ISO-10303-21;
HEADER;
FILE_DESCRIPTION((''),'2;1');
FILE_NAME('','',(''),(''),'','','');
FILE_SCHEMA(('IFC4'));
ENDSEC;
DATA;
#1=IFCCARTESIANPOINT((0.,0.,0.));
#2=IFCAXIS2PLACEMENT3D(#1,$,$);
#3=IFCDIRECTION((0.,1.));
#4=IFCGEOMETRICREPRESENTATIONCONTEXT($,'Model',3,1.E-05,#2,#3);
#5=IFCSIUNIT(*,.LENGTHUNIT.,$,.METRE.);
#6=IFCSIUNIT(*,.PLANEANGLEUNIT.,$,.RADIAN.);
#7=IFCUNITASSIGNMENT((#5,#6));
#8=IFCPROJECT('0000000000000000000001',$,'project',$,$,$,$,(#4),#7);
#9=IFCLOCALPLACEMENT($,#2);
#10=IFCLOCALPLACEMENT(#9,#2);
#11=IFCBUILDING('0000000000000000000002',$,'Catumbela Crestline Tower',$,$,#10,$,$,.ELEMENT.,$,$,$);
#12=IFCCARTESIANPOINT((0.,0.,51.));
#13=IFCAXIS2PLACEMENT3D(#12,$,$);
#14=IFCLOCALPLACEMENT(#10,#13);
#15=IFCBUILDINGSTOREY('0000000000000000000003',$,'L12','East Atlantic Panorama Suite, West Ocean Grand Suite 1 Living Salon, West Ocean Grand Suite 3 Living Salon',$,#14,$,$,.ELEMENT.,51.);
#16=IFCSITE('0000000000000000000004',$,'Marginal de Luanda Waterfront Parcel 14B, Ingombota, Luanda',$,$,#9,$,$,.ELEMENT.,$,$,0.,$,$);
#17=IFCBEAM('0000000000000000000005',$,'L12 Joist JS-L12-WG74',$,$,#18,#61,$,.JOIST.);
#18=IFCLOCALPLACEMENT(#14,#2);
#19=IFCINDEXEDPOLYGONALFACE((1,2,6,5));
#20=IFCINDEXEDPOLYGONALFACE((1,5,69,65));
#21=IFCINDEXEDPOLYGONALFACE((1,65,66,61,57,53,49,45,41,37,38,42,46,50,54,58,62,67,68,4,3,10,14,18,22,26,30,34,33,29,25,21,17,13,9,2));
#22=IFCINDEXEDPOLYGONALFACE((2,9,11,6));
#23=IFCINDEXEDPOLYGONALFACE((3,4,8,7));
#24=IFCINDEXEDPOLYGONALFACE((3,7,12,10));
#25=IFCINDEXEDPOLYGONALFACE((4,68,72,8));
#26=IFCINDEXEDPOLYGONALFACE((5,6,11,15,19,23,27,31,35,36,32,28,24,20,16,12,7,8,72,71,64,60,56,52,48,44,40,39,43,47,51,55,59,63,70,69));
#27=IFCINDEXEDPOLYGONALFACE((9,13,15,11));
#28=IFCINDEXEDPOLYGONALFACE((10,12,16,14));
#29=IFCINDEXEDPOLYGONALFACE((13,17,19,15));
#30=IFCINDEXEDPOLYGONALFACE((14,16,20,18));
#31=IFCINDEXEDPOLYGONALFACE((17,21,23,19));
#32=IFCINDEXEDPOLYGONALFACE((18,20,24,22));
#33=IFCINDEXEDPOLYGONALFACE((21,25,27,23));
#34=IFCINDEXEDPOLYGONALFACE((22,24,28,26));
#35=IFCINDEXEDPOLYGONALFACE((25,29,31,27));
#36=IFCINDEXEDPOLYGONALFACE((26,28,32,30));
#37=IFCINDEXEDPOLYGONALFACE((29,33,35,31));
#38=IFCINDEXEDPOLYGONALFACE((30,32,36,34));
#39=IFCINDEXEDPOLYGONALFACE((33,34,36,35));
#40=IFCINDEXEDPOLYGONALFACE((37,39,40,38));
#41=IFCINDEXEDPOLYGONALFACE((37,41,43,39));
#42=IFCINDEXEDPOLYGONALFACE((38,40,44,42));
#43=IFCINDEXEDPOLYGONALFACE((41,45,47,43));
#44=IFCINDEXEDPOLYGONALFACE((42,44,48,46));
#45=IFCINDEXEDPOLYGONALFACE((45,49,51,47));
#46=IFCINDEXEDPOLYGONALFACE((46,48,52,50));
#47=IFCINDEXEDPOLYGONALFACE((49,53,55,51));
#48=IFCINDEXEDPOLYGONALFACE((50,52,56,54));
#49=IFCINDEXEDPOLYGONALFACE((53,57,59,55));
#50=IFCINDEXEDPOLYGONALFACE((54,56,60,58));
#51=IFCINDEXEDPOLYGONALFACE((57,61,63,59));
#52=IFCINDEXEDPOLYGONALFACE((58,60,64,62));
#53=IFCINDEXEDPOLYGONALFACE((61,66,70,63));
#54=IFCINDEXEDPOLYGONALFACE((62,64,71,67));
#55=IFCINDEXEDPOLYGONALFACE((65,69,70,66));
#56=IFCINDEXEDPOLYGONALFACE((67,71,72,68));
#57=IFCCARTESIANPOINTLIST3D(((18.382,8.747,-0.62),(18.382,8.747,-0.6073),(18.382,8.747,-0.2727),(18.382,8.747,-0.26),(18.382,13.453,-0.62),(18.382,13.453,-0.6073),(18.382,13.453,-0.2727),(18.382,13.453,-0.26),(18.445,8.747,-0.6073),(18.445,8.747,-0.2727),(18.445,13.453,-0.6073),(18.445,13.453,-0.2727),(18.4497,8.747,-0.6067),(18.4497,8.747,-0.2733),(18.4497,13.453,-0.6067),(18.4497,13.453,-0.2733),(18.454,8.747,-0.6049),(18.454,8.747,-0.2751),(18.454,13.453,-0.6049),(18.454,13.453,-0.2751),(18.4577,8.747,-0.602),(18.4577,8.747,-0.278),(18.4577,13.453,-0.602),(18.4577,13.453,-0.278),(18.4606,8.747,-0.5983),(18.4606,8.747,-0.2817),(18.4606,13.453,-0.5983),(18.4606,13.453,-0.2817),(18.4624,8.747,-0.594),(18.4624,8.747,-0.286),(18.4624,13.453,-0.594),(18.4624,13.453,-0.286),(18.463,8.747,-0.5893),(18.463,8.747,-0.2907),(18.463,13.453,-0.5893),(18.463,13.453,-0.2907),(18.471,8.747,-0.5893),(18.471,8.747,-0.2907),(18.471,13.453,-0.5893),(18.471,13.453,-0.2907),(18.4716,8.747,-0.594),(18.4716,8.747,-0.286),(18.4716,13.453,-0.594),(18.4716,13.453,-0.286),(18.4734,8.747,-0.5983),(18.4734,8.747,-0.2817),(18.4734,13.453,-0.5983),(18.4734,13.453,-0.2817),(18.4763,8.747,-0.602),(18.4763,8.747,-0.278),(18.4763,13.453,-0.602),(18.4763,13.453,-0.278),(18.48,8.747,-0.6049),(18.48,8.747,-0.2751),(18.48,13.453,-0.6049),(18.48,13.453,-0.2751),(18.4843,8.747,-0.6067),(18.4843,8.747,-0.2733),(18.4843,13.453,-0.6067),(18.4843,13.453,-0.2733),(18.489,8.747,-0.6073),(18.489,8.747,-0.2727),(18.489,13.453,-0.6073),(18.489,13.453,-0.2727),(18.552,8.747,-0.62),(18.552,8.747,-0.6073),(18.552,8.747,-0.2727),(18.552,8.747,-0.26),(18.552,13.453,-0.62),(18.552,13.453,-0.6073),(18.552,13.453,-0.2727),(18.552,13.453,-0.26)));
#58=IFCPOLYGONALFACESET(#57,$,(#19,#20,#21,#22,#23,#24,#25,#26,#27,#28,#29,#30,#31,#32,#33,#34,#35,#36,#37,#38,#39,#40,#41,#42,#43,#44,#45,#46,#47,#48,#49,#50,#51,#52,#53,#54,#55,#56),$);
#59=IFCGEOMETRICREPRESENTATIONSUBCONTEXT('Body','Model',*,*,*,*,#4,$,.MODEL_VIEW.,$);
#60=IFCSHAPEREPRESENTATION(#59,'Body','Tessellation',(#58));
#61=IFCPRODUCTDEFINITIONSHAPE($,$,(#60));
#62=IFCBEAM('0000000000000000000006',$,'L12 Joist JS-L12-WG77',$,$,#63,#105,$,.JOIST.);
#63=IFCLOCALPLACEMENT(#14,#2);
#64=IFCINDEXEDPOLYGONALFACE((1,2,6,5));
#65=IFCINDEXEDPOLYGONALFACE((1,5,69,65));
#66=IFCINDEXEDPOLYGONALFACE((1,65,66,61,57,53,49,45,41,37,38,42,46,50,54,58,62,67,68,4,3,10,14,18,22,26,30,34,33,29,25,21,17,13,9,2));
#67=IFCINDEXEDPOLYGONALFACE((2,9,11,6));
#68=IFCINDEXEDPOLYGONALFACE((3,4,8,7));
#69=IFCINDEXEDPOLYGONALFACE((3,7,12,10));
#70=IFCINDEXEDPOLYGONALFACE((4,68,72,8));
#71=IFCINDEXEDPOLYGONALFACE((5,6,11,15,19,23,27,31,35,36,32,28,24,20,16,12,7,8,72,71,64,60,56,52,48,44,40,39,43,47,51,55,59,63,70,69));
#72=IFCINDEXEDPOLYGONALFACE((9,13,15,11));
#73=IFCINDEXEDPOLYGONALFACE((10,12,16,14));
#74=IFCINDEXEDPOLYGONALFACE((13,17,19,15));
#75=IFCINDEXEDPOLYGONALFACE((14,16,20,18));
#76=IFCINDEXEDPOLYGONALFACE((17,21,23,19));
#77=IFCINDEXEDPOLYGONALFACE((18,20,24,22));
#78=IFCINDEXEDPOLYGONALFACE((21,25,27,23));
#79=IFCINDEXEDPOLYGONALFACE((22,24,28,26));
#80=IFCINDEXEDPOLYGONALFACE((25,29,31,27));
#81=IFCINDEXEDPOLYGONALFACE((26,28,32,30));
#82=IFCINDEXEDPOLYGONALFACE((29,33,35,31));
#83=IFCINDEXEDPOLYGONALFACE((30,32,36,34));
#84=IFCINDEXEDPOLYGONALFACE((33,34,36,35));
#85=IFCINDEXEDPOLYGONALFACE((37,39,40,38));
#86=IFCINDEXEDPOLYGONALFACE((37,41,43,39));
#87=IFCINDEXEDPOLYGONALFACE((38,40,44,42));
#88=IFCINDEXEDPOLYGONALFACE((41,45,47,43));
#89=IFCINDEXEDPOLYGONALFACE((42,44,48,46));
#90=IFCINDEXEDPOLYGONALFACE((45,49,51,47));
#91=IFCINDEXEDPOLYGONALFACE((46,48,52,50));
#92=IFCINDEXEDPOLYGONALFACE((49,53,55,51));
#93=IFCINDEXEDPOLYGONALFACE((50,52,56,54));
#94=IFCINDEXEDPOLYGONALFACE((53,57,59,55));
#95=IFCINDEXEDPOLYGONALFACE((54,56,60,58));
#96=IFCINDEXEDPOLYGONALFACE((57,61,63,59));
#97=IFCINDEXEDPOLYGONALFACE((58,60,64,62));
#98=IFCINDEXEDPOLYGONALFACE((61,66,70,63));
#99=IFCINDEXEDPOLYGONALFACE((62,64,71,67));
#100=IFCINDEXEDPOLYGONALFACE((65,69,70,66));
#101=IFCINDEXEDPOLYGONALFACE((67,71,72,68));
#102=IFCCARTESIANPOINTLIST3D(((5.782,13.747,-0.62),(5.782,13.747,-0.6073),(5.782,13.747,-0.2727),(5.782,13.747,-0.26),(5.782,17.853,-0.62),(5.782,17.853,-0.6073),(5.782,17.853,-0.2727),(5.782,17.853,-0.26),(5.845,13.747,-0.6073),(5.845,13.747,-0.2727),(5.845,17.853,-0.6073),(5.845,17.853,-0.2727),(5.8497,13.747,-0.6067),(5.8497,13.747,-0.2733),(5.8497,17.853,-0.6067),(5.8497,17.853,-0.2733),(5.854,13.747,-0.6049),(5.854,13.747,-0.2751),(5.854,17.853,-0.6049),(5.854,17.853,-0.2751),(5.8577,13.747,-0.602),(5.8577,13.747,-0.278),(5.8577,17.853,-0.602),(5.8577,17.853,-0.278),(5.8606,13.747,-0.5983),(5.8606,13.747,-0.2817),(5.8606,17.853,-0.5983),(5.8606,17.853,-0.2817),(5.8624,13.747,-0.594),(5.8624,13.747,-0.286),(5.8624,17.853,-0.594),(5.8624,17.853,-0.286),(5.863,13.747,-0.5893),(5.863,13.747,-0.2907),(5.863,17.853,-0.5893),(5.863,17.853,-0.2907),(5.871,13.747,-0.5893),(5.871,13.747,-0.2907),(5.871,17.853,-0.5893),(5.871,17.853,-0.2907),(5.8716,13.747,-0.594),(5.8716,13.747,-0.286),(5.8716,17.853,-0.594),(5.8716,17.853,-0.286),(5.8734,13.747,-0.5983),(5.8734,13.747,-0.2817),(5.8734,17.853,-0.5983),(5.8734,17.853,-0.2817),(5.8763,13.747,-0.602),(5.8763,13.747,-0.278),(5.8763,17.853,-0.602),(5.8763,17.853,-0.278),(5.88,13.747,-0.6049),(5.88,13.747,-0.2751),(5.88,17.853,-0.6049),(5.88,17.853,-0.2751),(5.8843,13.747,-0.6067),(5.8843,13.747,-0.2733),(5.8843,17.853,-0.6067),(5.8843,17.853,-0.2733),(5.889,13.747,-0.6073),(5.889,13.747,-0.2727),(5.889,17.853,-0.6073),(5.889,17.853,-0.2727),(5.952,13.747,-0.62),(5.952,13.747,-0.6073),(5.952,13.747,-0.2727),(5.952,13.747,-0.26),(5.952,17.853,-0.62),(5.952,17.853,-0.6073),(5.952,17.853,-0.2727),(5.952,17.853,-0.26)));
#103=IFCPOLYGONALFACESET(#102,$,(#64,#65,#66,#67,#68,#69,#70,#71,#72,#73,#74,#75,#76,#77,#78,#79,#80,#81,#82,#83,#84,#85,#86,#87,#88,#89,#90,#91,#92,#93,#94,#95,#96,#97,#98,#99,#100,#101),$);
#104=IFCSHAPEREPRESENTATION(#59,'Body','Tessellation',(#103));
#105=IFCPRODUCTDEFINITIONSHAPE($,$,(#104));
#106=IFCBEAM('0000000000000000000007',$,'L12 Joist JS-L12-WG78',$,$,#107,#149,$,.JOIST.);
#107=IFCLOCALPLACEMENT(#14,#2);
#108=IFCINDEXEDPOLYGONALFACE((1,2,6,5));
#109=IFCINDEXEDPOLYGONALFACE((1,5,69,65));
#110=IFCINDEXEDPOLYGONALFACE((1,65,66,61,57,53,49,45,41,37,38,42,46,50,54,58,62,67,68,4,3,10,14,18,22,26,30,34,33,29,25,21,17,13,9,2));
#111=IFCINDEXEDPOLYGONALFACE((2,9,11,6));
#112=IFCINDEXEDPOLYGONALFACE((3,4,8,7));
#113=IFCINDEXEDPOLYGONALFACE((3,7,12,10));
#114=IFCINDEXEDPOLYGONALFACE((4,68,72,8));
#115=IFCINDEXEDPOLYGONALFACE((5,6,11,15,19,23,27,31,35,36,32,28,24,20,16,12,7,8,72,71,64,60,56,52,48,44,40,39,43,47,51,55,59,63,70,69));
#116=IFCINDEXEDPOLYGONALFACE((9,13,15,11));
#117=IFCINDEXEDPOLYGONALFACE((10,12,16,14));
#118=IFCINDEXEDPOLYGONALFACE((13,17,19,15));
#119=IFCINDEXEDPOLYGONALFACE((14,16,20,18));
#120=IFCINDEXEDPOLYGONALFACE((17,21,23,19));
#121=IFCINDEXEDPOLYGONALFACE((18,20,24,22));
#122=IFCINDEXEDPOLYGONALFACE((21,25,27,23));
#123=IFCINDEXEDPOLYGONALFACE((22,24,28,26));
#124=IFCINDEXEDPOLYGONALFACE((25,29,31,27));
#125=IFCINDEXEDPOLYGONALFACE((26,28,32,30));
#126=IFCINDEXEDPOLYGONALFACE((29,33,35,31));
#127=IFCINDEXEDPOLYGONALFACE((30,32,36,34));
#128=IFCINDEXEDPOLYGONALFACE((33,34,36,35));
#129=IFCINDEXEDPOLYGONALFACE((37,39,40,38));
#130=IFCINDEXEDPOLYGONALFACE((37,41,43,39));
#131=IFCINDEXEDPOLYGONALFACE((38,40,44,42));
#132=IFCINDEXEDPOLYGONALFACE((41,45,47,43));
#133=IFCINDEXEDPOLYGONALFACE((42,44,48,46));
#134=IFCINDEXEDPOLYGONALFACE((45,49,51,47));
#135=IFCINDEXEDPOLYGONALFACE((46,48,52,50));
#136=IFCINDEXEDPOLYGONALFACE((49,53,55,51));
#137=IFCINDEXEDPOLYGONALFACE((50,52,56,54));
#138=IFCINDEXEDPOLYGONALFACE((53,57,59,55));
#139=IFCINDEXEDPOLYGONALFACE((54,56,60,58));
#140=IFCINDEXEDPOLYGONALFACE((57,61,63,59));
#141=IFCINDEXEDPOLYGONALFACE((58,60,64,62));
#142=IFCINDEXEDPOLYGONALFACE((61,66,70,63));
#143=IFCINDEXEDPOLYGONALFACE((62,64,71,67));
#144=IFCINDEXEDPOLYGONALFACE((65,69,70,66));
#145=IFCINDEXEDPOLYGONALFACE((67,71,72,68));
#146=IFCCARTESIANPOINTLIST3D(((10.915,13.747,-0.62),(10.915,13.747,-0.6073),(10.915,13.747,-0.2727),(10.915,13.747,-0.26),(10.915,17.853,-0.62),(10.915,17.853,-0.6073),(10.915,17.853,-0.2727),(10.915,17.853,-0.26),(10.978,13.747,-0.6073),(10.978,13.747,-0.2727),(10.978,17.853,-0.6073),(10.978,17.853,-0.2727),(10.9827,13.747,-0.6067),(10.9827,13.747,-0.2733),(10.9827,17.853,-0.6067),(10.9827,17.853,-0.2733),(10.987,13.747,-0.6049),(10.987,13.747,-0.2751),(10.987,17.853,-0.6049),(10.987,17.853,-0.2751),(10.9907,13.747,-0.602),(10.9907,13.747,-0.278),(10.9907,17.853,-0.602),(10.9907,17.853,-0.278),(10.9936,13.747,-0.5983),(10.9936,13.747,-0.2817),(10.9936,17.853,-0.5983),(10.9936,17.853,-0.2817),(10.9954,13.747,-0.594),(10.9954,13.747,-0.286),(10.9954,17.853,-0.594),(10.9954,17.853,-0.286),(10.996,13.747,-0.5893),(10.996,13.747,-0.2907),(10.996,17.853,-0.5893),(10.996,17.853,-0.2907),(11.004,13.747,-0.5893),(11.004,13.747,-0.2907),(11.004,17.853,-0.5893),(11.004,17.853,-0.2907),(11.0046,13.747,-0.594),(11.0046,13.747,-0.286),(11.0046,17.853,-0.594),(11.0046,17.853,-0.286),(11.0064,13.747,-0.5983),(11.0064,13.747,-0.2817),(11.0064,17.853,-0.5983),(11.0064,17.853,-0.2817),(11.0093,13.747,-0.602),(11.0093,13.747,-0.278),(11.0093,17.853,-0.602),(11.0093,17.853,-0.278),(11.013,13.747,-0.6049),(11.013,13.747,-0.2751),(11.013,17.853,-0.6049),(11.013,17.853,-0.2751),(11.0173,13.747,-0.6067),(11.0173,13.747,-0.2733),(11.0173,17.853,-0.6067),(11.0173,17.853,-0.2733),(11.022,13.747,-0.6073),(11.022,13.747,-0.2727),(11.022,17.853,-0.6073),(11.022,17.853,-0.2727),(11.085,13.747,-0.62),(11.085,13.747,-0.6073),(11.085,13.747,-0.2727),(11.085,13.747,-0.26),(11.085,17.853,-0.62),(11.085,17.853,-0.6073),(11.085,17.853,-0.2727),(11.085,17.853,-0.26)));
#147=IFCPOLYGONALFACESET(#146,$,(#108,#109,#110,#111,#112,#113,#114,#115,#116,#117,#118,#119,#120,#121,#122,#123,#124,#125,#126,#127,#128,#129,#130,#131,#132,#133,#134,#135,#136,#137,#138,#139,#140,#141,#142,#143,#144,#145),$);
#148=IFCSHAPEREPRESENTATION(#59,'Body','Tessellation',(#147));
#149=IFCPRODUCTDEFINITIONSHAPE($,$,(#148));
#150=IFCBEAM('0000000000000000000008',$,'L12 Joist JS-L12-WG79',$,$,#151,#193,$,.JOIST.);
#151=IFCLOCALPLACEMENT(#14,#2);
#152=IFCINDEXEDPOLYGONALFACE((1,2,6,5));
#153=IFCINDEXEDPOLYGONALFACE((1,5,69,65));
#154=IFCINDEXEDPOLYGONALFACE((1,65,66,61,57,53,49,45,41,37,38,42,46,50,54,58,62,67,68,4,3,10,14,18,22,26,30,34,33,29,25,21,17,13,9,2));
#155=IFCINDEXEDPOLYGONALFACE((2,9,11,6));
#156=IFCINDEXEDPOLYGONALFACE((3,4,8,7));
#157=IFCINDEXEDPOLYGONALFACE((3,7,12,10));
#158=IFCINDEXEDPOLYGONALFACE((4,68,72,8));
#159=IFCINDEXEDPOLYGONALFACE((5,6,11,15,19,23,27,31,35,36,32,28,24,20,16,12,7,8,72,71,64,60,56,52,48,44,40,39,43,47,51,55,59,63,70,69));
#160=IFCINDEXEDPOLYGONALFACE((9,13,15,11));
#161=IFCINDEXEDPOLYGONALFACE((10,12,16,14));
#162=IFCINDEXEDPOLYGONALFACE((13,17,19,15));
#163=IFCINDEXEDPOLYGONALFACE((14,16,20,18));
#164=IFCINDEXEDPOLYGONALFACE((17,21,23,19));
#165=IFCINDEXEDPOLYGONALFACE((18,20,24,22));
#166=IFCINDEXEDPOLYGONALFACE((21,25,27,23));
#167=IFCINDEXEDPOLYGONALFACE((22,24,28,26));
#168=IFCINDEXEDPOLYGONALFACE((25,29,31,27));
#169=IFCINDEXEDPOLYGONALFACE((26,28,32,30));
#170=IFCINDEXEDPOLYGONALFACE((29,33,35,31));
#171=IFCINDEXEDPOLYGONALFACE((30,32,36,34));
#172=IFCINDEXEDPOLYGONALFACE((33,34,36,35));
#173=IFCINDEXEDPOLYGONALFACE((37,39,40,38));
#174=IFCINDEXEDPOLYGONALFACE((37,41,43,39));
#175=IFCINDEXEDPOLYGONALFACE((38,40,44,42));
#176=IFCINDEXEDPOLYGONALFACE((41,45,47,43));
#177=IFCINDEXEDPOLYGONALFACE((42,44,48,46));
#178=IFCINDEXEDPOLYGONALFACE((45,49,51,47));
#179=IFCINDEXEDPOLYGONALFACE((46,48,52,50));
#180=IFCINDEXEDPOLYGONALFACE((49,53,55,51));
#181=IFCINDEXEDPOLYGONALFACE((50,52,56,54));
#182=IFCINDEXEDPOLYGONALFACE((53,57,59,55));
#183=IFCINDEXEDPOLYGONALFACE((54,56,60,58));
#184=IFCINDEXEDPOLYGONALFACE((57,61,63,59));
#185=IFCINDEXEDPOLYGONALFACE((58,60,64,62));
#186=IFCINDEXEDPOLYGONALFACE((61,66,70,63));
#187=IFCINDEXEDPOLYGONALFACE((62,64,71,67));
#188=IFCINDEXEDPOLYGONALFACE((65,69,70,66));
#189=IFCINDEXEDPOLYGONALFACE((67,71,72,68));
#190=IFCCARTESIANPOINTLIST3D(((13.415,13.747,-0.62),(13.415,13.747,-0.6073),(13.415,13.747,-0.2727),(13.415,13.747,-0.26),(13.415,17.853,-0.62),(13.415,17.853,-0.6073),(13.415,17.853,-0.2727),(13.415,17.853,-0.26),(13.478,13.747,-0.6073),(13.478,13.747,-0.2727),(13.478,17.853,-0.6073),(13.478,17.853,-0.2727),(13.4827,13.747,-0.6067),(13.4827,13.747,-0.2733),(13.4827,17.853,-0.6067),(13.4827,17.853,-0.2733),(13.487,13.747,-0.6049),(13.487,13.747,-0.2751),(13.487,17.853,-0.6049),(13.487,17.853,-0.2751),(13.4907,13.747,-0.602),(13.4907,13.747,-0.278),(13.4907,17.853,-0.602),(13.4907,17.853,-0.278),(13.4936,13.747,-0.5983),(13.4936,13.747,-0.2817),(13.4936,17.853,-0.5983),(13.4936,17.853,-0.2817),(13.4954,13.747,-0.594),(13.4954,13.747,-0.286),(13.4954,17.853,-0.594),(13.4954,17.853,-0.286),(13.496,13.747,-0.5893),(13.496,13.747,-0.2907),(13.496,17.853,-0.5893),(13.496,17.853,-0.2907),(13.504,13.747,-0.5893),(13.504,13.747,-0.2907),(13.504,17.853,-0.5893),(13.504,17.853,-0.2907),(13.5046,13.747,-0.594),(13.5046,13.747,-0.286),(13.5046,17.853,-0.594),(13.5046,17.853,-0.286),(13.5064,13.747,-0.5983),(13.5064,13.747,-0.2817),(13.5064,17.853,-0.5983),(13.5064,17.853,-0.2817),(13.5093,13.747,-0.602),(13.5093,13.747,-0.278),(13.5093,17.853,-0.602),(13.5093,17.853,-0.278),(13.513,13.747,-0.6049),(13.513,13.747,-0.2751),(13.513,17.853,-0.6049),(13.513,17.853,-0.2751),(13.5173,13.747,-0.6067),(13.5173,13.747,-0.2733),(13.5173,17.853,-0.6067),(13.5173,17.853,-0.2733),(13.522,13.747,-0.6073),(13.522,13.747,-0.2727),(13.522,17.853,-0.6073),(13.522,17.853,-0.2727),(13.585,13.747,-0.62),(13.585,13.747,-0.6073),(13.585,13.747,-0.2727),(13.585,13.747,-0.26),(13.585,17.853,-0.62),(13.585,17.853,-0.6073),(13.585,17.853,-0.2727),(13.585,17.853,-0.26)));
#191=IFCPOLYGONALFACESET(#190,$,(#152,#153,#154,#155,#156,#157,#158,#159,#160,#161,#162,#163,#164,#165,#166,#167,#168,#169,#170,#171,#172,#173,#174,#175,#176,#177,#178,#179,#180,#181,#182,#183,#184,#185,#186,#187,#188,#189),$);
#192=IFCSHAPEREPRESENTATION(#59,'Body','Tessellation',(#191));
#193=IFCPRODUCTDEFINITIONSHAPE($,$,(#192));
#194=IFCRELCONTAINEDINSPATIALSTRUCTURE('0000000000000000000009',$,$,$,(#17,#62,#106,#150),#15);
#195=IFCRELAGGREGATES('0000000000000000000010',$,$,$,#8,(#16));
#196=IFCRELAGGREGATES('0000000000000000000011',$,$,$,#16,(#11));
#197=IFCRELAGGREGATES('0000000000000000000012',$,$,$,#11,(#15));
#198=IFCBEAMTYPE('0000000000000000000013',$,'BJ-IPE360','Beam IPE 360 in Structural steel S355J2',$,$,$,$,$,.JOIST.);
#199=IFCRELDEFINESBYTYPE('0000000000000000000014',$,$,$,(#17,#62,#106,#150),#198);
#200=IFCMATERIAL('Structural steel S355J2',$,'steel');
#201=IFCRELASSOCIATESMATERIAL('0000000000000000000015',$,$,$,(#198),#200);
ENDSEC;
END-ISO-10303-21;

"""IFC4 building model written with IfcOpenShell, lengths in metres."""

from ifc_helpers import new_model, si_unit, direction, frame, origin, origin_2d, place, context, subcontext, project, spatial, i_section, extrude, material, material_profile, profile_set, type_object, element, save


model = new_model("IFC4")

# Units and contexts
model_context = context("Model", 3, precision=1e-05, world=origin(), true_north=direction((0.0, 1.0)))
body_context = subcontext(model_context, "Body", "Model", "MODEL_VIEW")
ifc_project = project(units=[si_unit("LENGTHUNIT", "METRE"), si_unit("PLANEANGLEUNIT", "RADIAN")], contexts=[model_context])

# Site, building, storey
site_placement = place(None, origin())
site = spatial("IfcSite", under=ifc_project, at=site_placement, Name="Marginal de Luanda Waterfront Parcel 14B, Ingombota, Luanda", CompositionType="ELEMENT", RefElevation=0.0)
building_placement = place(site_placement, origin())
building = spatial("IfcBuilding", under=site, at=building_placement, Name="Catumbela Crestline Tower", CompositionType="ELEMENT")
storey_placement = place(building_placement, frame((0.0, 0.0, 51.0)))
storey = spatial("IfcBuildingStorey", under=building, at=storey_placement, Name="L12", Description="East Atlantic Panorama Suite, West Ocean Grand Suite 1 Living Salon, West Ocean Grand Suite 3 Living Salon", CompositionType="ELEMENT", Elevation=51.0)

# Beams
ifc_material_1 = material(Name="Structural steel S355J2", Category="steel")
ifc_material_profile_1 = material_profile(ifc_material_1, i_section(OverallWidth=0.17, OverallDepth=0.36, WebThickness=0.008, FlangeThickness=0.0127, FilletRadius=0.018, at=origin_2d()), Name="IPE 360")
ifc_profile_set_1 = profile_set([ifc_material_profile_1], Name="Structural steel S355J2")
beam_type_1 = type_object("IfcBeamType", Name="BJ-IPE360", Description="Beam IPE 360 in Structural steel S355J2", PredefinedType="JOIST", material=ifc_profile_set_1)
for number, where, z_axis, x_axis, name in (
    (1, (18.467, 8.747, -0.44), (0.0, 1.0, 0.0), (-1.0, 0.0, 0.0), "L12 Joist JS-L12-WG74"),
):
    element("IfcBeam", number, at=place(storey_placement, frame(where, z_axis=z_axis, x_axis=x_axis)), inside=storey, type_object=beam_type_1, Name=name, PredefinedType="JOIST", context=body_context, shape_type="SweptSolid", body=[
        extrude(i_section(OverallWidth=0.17, OverallDepth=0.36, WebThickness=0.008, FlangeThickness=0.0127, FilletRadius=0.018, at=origin_2d()), origin(), (0.0, 0.0, 1.0), 4.706),
    ])
for number, where, z_axis, x_axis, name in (
    (2, (5.867, 13.747, -0.44), (0.0, 1.0, 0.0), (-1.0, 0.0, 0.0), "L12 Joist JS-L12-WG77"),
    (3, (11.0, 13.747, -0.44), (0.0, 1.0, 0.0), (-1.0, 0.0, 0.0), "L12 Joist JS-L12-WG78"),
    (4, (13.5, 13.747, -0.44), (0.0, 1.0, 0.0), (-1.0, 0.0, 0.0), "L12 Joist JS-L12-WG79"),
):
    element("IfcBeam", number, at=place(storey_placement, frame(where, z_axis=z_axis, x_axis=x_axis)), inside=storey, type_object=beam_type_1, Name=name, PredefinedType="JOIST", context=body_context, shape_type="SweptSolid", body=[
        extrude(i_section(OverallWidth=0.17, OverallDepth=0.36, WebThickness=0.008, FlangeThickness=0.0127, FilletRadius=0.018, at=origin_2d()), origin(), (0.0, 0.0, 1.0), 4.106),
    ])

save(model, "model.ifc")
